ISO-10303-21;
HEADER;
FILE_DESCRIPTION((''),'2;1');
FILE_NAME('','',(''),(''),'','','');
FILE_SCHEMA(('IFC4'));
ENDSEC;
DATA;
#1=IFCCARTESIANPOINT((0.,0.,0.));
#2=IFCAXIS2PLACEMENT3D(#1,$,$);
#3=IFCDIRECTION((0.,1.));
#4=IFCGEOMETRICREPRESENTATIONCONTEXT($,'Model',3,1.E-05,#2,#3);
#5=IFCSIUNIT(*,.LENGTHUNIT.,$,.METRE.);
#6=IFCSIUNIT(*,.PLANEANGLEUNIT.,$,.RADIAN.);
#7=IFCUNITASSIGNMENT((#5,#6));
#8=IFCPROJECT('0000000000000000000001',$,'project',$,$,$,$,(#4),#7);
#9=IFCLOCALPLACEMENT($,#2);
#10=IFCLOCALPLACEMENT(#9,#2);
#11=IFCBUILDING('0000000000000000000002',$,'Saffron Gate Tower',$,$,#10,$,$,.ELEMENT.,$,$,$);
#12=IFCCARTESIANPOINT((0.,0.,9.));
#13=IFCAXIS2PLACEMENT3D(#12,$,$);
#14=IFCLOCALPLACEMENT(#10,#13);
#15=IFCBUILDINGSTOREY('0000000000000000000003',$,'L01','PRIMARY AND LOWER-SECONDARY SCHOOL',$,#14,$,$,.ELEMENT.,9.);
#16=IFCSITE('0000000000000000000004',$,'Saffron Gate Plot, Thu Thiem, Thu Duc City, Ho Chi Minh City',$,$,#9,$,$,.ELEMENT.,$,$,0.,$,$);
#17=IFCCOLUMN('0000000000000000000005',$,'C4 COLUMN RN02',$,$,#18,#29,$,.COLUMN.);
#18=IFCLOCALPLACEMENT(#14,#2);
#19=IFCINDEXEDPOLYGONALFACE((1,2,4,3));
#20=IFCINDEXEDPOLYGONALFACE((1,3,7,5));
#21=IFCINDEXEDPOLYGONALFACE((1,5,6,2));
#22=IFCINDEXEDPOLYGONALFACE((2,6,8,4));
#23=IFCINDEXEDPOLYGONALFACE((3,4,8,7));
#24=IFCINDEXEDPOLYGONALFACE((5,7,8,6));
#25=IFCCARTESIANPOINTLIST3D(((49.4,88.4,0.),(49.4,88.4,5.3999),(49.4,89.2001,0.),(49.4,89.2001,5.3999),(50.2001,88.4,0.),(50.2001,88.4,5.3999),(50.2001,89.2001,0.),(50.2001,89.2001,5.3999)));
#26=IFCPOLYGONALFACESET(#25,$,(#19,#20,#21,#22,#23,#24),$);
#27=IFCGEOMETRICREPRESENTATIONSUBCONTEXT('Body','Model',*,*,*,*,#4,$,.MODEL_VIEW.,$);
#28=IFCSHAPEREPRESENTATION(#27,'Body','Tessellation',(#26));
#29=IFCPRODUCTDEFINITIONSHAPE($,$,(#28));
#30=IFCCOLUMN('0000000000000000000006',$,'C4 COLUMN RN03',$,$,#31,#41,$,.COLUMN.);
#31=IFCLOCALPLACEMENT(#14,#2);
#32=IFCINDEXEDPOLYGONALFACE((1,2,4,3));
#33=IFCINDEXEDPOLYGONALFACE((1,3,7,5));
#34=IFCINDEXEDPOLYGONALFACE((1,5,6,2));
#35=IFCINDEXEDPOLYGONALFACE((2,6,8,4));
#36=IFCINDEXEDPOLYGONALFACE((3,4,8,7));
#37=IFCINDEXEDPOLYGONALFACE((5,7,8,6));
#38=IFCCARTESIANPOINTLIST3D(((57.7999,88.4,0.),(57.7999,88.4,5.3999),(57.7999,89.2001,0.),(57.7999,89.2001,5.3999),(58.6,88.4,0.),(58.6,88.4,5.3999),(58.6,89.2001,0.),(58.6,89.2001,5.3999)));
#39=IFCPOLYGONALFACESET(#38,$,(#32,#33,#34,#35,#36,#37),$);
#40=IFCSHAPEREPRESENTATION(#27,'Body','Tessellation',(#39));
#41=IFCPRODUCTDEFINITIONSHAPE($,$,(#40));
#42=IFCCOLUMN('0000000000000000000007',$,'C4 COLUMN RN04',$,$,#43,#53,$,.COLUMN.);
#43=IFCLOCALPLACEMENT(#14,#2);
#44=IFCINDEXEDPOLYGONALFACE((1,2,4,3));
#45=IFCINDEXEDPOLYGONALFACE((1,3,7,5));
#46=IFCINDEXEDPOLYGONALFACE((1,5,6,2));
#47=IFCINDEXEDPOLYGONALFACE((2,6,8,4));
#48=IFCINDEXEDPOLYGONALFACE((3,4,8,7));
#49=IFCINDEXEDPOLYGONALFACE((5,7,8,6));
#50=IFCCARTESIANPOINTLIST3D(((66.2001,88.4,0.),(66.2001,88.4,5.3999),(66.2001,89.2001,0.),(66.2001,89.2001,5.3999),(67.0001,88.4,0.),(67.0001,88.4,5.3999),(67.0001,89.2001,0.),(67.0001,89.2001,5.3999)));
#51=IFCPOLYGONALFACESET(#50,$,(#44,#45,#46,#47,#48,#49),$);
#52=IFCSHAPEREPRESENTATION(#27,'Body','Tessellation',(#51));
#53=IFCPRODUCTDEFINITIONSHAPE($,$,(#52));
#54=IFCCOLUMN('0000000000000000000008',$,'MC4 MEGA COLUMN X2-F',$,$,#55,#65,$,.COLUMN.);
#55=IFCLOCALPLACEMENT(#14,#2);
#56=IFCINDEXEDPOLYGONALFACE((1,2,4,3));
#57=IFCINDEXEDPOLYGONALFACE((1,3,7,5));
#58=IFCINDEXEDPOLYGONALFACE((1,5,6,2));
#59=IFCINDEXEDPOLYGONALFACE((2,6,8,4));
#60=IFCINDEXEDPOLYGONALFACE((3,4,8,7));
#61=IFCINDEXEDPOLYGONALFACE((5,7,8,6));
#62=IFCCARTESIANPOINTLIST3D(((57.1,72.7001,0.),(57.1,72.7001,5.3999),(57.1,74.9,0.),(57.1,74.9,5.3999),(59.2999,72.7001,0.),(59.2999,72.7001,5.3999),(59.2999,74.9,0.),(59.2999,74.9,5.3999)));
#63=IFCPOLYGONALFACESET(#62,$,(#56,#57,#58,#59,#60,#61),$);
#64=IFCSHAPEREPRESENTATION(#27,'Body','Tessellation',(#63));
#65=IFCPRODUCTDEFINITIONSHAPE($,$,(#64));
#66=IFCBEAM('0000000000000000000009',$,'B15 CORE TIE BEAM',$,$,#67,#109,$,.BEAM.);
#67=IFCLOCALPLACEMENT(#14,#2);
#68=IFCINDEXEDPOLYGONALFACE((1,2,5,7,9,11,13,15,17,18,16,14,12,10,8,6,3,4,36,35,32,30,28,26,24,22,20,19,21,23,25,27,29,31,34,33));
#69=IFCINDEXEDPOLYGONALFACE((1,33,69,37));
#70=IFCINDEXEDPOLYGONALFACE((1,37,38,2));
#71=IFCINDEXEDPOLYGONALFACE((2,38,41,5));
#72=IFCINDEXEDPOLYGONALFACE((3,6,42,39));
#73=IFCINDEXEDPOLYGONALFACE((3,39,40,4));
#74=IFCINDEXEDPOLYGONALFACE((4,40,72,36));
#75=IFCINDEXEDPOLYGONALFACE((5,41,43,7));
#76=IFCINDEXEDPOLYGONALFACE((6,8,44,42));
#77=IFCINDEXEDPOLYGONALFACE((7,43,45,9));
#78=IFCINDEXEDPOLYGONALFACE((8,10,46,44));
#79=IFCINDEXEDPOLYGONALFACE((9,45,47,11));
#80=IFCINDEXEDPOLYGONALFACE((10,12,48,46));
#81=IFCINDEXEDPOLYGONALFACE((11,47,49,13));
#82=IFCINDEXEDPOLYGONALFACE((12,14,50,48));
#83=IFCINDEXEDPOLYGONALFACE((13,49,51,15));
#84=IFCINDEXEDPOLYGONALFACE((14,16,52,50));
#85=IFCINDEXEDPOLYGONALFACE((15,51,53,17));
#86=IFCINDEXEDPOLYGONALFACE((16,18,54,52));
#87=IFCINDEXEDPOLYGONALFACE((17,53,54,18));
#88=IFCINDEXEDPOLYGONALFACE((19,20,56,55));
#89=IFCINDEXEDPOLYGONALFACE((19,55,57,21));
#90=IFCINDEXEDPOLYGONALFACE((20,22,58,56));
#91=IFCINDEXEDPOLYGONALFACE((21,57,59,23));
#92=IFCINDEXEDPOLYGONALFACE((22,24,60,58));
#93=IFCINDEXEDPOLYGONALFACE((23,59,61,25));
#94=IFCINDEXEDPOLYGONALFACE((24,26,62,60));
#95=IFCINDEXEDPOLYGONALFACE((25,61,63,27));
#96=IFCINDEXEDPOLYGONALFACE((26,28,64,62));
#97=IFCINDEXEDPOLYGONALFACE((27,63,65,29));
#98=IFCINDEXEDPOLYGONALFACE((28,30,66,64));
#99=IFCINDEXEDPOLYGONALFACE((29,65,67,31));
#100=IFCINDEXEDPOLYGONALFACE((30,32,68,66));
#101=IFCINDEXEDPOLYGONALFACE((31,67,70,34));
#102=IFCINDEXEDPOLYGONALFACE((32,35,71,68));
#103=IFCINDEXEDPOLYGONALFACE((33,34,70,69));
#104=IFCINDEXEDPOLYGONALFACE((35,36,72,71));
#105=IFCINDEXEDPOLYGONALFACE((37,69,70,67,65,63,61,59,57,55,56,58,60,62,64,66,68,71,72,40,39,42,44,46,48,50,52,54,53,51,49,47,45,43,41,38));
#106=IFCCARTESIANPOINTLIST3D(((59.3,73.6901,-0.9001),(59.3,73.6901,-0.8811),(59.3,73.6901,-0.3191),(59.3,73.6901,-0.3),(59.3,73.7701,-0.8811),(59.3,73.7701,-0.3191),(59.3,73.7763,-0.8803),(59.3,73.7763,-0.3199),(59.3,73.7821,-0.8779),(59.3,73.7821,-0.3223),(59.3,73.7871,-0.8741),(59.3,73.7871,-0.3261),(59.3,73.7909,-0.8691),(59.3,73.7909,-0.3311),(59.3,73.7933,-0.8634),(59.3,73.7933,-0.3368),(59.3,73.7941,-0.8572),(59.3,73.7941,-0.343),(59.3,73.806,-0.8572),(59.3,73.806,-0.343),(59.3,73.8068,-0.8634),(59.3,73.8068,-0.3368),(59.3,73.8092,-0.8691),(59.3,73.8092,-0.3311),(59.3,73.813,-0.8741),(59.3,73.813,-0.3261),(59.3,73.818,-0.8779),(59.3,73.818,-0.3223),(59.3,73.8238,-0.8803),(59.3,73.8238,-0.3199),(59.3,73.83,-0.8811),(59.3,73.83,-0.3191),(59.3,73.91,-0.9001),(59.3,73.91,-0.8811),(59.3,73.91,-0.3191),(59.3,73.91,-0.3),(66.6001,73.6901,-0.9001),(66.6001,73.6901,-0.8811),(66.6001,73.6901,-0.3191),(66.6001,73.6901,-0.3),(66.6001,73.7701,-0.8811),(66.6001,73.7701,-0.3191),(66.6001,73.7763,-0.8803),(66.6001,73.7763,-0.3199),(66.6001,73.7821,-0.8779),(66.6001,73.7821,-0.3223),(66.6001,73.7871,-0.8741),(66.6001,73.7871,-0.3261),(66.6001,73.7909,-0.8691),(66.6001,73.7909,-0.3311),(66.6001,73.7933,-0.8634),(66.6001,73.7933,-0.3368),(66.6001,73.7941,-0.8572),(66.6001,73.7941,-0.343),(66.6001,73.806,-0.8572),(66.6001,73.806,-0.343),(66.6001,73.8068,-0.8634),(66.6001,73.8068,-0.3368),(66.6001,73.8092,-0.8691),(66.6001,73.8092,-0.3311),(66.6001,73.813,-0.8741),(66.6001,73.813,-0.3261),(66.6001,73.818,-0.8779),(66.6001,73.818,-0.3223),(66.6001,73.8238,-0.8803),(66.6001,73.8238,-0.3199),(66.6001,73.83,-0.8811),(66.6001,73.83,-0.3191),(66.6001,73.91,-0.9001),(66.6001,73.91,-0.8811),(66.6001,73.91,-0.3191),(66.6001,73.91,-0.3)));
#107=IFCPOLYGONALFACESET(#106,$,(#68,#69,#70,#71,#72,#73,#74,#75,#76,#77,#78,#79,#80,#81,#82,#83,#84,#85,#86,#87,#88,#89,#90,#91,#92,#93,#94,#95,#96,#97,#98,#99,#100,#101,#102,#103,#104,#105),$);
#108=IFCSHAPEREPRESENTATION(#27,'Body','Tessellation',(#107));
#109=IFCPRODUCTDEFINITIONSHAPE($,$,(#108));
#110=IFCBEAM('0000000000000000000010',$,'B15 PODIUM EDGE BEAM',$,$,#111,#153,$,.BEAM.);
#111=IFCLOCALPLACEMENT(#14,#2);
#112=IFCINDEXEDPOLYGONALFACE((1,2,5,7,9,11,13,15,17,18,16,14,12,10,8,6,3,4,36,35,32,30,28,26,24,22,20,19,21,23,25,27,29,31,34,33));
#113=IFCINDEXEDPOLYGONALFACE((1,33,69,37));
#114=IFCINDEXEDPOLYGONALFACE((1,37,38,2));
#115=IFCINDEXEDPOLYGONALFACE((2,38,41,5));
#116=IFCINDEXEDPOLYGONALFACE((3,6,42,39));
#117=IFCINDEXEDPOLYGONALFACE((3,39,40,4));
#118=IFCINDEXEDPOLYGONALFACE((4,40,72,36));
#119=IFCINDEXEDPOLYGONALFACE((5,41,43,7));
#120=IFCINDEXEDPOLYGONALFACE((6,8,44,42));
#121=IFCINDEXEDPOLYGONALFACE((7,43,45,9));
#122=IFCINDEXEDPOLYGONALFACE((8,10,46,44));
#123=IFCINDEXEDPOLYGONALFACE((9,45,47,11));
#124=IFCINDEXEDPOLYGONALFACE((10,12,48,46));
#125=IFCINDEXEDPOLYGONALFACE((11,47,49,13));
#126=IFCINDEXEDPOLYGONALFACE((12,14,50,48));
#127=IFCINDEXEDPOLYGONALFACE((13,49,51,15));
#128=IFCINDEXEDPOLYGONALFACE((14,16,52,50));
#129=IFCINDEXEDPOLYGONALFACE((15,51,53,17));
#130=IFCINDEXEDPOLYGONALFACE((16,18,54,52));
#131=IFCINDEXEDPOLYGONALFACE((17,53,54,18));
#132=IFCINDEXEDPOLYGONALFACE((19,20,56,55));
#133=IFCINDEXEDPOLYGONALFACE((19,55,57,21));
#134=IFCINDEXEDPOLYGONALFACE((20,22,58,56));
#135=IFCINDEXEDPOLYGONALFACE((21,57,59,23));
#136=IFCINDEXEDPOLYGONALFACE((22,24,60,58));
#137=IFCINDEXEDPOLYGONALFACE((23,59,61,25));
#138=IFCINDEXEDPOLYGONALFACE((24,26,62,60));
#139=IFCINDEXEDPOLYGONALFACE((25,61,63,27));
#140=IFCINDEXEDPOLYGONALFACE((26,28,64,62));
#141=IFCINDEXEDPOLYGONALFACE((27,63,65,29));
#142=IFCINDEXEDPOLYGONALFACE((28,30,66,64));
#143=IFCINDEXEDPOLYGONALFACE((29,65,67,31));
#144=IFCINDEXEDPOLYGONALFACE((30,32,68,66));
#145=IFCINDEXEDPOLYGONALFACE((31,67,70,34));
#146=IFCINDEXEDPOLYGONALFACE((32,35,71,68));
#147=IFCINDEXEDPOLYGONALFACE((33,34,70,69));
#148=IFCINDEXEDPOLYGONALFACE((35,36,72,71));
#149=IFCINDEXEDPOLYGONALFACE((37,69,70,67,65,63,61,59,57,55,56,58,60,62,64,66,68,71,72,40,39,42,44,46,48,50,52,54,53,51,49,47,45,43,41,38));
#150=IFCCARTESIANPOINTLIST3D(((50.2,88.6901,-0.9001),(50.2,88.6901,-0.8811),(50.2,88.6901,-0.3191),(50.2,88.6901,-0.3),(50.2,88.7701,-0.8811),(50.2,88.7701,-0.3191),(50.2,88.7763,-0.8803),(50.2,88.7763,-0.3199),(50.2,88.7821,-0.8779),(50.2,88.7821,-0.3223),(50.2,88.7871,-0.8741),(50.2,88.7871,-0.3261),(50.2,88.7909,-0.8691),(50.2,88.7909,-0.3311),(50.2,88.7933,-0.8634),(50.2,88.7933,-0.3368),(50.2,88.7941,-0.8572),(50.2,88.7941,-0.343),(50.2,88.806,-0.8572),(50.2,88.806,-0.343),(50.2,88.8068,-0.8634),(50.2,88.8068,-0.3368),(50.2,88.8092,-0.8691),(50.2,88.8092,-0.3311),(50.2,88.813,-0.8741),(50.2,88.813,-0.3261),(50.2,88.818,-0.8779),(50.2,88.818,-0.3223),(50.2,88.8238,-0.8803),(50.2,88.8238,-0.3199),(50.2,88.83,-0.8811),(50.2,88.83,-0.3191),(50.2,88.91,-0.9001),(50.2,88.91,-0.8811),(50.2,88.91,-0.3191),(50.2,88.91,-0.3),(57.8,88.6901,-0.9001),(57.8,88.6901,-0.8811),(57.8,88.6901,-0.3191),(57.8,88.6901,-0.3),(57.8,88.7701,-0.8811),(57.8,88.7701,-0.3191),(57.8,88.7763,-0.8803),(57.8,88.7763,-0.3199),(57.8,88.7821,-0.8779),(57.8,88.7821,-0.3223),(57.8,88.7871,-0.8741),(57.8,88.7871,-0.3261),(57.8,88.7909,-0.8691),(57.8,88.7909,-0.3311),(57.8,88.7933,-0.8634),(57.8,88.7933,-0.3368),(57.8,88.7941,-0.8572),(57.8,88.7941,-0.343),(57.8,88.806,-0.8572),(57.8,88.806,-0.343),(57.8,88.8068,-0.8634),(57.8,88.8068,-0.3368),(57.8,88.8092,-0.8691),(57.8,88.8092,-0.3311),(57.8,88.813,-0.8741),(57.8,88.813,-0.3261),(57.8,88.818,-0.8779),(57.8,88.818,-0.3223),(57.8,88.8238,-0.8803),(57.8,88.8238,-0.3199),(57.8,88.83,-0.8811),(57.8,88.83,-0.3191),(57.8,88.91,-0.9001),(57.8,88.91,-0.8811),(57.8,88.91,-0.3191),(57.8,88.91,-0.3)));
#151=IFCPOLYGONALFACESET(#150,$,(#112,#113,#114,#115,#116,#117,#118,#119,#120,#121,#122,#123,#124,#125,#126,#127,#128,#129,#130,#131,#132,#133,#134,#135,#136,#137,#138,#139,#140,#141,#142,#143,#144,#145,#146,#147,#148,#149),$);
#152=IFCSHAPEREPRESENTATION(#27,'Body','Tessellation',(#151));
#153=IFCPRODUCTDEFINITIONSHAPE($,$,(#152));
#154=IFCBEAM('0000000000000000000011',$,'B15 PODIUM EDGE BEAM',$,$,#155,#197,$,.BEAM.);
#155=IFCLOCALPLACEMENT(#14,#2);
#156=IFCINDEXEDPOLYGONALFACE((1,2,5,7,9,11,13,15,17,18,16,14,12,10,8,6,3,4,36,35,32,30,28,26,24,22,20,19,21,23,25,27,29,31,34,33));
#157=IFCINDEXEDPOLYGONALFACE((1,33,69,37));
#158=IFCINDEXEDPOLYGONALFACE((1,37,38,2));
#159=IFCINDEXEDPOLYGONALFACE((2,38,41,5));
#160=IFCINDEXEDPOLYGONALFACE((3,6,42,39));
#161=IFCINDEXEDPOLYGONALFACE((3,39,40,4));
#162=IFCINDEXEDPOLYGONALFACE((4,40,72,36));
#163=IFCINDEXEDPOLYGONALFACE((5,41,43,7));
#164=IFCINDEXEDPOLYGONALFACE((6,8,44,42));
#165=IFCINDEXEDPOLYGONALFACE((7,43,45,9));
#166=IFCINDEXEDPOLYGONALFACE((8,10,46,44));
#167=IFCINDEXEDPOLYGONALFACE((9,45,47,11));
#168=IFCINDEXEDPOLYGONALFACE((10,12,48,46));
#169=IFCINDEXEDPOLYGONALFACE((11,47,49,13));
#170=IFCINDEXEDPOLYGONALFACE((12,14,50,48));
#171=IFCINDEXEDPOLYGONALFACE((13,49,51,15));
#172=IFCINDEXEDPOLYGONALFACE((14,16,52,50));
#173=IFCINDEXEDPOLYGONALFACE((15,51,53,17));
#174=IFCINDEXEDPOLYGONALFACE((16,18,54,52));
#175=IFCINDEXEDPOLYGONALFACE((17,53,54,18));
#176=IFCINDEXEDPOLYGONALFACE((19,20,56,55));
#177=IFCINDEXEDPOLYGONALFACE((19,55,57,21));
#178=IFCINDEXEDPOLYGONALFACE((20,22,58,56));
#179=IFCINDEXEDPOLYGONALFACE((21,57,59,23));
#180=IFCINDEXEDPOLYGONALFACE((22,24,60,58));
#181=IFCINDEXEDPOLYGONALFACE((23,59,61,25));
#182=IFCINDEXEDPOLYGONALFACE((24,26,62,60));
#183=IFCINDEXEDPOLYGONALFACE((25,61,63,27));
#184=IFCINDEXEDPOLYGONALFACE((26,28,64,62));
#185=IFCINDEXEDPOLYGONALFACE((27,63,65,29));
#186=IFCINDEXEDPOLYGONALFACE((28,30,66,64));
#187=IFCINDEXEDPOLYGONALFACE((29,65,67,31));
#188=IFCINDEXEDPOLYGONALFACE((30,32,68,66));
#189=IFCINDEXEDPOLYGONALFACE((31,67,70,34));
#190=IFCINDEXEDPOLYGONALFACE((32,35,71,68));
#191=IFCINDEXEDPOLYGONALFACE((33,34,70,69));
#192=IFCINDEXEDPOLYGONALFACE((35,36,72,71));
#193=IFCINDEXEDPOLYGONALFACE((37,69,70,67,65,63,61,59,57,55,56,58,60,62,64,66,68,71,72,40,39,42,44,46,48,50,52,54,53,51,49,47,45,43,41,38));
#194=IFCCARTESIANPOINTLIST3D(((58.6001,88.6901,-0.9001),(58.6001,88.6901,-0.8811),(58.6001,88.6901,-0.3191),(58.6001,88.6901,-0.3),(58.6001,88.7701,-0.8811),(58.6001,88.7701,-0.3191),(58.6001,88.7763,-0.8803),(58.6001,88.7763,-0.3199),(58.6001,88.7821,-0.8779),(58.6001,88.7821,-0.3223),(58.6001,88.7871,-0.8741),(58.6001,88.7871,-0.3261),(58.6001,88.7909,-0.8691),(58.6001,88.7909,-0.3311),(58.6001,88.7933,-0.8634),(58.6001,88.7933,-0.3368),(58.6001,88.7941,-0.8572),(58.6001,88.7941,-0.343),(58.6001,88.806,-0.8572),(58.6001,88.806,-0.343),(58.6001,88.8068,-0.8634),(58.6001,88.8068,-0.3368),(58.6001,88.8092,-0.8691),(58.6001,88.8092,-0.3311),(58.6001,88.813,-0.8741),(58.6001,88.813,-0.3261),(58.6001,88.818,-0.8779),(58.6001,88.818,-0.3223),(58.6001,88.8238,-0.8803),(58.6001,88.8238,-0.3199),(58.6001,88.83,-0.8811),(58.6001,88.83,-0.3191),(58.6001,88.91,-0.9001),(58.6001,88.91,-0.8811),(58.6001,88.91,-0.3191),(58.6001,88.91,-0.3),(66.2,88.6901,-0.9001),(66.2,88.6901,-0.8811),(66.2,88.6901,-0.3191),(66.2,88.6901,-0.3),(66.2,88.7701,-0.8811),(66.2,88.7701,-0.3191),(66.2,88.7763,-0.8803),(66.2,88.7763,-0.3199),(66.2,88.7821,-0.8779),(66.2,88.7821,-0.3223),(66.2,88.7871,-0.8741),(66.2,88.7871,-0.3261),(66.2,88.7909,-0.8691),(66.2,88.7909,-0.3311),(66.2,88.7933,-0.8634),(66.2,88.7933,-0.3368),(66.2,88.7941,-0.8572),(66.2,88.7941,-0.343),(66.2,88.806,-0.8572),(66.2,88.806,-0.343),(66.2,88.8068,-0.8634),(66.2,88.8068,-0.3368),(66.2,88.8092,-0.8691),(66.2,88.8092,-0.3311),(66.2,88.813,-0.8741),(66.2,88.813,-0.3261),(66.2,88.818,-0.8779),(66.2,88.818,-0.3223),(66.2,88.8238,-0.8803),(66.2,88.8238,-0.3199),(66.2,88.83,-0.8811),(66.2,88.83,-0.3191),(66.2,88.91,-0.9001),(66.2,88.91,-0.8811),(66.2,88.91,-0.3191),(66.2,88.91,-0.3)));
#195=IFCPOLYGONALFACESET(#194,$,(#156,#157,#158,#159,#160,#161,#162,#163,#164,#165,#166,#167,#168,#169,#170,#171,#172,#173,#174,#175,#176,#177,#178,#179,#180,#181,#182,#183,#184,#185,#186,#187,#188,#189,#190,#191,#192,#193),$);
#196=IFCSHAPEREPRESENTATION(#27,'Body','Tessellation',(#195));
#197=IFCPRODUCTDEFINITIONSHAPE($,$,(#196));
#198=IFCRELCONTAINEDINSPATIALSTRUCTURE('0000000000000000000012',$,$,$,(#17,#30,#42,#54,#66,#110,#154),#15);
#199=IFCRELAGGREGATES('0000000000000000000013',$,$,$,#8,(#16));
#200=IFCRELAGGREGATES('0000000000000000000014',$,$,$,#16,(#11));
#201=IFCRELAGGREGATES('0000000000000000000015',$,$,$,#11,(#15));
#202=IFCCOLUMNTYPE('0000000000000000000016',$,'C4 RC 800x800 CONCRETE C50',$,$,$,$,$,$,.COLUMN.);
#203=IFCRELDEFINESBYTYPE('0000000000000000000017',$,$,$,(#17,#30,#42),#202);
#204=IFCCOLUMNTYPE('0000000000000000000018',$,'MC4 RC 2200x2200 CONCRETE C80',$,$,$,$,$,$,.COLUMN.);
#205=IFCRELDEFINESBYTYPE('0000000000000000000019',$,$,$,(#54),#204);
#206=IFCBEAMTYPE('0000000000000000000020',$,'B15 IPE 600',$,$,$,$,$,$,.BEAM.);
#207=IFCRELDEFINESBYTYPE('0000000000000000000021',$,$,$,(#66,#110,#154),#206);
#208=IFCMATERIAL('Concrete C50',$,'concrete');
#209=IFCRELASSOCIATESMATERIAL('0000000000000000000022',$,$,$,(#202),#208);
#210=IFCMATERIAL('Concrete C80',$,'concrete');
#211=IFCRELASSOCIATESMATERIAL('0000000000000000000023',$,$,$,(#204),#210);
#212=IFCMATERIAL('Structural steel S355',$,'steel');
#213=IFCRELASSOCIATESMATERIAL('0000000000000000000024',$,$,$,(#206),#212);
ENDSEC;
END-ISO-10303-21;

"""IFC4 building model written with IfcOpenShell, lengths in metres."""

from ifc_helpers import new_model, si_unit, direction, frame, origin, origin_2d, place, context, subcontext, project, spatial, rectangle, i_section, extrude, material, material_profile, profile_set, type_object, element, save


model = new_model("IFC4")

# Units and contexts
model_context = context("Model", 3, precision=1e-05, world=origin(), true_north=direction((0.0, 1.0)))
body_context = subcontext(model_context, "Body", "Model", "MODEL_VIEW")
ifc_project = project(units=[si_unit("LENGTHUNIT", "METRE"), si_unit("PLANEANGLEUNIT", "RADIAN")], contexts=[model_context])

# Site, building, storey
site_placement = place(None, origin())
site = spatial("IfcSite", under=ifc_project, at=site_placement, Name="Saffron Gate Plot, Thu Thiem, Thu Duc City, Ho Chi Minh City", CompositionType="ELEMENT", RefElevation=0.0)
building_placement = place(site_placement, origin())
building = spatial("IfcBuilding", under=site, at=building_placement, Name="Saffron Gate Tower", CompositionType="ELEMENT")
storey_placement = place(building_placement, frame((0.0, 0.0, 9.0)))
storey = spatial("IfcBuildingStorey", under=building, at=storey_placement, Name="L01", Description="PRIMARY AND LOWER-SECONDARY SCHOOL", CompositionType="ELEMENT", Elevation=9.0)

# Columns
ifc_material_1 = material(Name="Concrete C50", Category="concrete")
ifc_material_profile_1 = material_profile(ifc_material_1, rectangle(XDim=0.8, YDim=0.8, at=origin_2d()))
ifc_profile_set_1 = profile_set([ifc_material_profile_1], Name="Concrete C50")
column_type_1 = type_object("IfcColumnType", Name="C4 RC 800x800 CONCRETE C50", PredefinedType="COLUMN", material=ifc_profile_set_1)
for number, where, z_axis, x_axis, name in (
    (1, (49.8, 88.8, 0.0), (0.0, 0.0, 1.0), (1.0, 0.0, 0.0), "C4 COLUMN RN02"),
    (2, (58.2, 88.8, 0.0), (0.0, 0.0, 1.0), (1.0, 0.0, 0.0), "C4 COLUMN RN03"),
    (3, (66.6001, 88.8, 0.0), (0.0, 0.0, 1.0), (1.0, 0.0, 0.0), "C4 COLUMN RN04"),
):
    element("IfcColumn", number, at=place(storey_placement, frame(where, z_axis=z_axis, x_axis=x_axis)), inside=storey, type_object=column_type_1, Name=name, PredefinedType="COLUMN", context=body_context, shape_type="SweptSolid", body=[
        extrude(rectangle(XDim=0.8, YDim=0.8, at=origin_2d()), origin(), (0.0, 0.0, 1.0), 5.3999),
    ])
ifc_material_2 = material(Name="Concrete C80", Category="concrete")
ifc_material_profile_2 = material_profile(ifc_material_2, rectangle(XDim=2.2, YDim=2.2, at=origin_2d()))
ifc_profile_set_2 = profile_set([ifc_material_profile_2], Name="Concrete C80")
column_type_2 = type_object("IfcColumnType", Name="MC4 RC 2200x2200 CONCRETE C80", PredefinedType="COLUMN", material=ifc_profile_set_2)
column_placement = place(storey_placement, frame((58.2, 73.8, 0.0), z_axis=(0.0, 0.0, 1.0), x_axis=(1.0, 0.0, 0.0)))
element("IfcColumn", 4, at=column_placement, inside=storey, type_object=column_type_2, Name="MC4 MEGA COLUMN X2-F", PredefinedType="COLUMN", context=body_context, shape_type="SweptSolid", body=[
    extrude(rectangle(XDim=2.2, YDim=2.2, at=origin_2d()), origin(), (0.0, 0.0, 1.0), 5.3999),
])

# Beams
ifc_material_3 = material(Name="Structural steel S355", Category="steel")
ifc_material_profile_3 = material_profile(ifc_material_3, i_section(OverallWidth=0.22, OverallDepth=0.6001, WebThickness=0.012, FlangeThickness=0.019, FilletRadius=0.0239, at=origin_2d()))
ifc_profile_set_3 = profile_set([ifc_material_profile_3], Name="Structural steel S355")
beam_type_1 = type_object("IfcBeamType", Name="B15 IPE 600", PredefinedType="BEAM", material=ifc_profile_set_3)
beam_1_placement = place(storey_placement, frame((59.3, 73.8, -0.6001), z_axis=(1.0, 0.0, 0.0), x_axis=(0.0, 1.0, 0.0)))
element("IfcBeam", 5, at=beam_1_placement, inside=storey, type_object=beam_type_1, Name="B15 CORE TIE BEAM", PredefinedType="BEAM", context=body_context, shape_type="SweptSolid", body=[
    extrude(i_section(OverallWidth=0.22, OverallDepth=0.6001, WebThickness=0.012, FlangeThickness=0.019, FilletRadius=0.0239, at=origin_2d()), origin(), (0.0, 0.0, 1.0), 7.3),
])
beam_2_placement = place(storey_placement, frame((50.2, 88.8, -0.6001), z_axis=(1.0, 0.0, 0.0), x_axis=(0.0, 1.0, 0.0)))
element("IfcBeam", 6, at=beam_2_placement, inside=storey, type_object=beam_type_1, Name="B15 PODIUM EDGE BEAM", PredefinedType="BEAM", context=body_context, shape_type="SweptSolid", body=[
    extrude(i_section(OverallWidth=0.22, OverallDepth=0.6001, WebThickness=0.012, FlangeThickness=0.019, FilletRadius=0.0239, at=origin_2d()), origin(), (0.0, 0.0, 1.0), 7.6001),
])
beam_3_placement = place(storey_placement, frame((58.6001, 88.8, -0.6001), z_axis=(1.0, 0.0, 0.0), x_axis=(0.0, 1.0, 0.0)))
element("IfcBeam", 7, at=beam_3_placement, inside=storey, type_object=beam_type_1, Name="B15 PODIUM EDGE BEAM", PredefinedType="BEAM", context=body_context, shape_type="SweptSolid", body=[
    extrude(i_section(OverallWidth=0.22, OverallDepth=0.6001, WebThickness=0.012, FlangeThickness=0.019, FilletRadius=0.0239, at=origin_2d()), origin(), (0.0, 0.0, 1.0), 7.5999),
])

save(model, "model.ifc")
